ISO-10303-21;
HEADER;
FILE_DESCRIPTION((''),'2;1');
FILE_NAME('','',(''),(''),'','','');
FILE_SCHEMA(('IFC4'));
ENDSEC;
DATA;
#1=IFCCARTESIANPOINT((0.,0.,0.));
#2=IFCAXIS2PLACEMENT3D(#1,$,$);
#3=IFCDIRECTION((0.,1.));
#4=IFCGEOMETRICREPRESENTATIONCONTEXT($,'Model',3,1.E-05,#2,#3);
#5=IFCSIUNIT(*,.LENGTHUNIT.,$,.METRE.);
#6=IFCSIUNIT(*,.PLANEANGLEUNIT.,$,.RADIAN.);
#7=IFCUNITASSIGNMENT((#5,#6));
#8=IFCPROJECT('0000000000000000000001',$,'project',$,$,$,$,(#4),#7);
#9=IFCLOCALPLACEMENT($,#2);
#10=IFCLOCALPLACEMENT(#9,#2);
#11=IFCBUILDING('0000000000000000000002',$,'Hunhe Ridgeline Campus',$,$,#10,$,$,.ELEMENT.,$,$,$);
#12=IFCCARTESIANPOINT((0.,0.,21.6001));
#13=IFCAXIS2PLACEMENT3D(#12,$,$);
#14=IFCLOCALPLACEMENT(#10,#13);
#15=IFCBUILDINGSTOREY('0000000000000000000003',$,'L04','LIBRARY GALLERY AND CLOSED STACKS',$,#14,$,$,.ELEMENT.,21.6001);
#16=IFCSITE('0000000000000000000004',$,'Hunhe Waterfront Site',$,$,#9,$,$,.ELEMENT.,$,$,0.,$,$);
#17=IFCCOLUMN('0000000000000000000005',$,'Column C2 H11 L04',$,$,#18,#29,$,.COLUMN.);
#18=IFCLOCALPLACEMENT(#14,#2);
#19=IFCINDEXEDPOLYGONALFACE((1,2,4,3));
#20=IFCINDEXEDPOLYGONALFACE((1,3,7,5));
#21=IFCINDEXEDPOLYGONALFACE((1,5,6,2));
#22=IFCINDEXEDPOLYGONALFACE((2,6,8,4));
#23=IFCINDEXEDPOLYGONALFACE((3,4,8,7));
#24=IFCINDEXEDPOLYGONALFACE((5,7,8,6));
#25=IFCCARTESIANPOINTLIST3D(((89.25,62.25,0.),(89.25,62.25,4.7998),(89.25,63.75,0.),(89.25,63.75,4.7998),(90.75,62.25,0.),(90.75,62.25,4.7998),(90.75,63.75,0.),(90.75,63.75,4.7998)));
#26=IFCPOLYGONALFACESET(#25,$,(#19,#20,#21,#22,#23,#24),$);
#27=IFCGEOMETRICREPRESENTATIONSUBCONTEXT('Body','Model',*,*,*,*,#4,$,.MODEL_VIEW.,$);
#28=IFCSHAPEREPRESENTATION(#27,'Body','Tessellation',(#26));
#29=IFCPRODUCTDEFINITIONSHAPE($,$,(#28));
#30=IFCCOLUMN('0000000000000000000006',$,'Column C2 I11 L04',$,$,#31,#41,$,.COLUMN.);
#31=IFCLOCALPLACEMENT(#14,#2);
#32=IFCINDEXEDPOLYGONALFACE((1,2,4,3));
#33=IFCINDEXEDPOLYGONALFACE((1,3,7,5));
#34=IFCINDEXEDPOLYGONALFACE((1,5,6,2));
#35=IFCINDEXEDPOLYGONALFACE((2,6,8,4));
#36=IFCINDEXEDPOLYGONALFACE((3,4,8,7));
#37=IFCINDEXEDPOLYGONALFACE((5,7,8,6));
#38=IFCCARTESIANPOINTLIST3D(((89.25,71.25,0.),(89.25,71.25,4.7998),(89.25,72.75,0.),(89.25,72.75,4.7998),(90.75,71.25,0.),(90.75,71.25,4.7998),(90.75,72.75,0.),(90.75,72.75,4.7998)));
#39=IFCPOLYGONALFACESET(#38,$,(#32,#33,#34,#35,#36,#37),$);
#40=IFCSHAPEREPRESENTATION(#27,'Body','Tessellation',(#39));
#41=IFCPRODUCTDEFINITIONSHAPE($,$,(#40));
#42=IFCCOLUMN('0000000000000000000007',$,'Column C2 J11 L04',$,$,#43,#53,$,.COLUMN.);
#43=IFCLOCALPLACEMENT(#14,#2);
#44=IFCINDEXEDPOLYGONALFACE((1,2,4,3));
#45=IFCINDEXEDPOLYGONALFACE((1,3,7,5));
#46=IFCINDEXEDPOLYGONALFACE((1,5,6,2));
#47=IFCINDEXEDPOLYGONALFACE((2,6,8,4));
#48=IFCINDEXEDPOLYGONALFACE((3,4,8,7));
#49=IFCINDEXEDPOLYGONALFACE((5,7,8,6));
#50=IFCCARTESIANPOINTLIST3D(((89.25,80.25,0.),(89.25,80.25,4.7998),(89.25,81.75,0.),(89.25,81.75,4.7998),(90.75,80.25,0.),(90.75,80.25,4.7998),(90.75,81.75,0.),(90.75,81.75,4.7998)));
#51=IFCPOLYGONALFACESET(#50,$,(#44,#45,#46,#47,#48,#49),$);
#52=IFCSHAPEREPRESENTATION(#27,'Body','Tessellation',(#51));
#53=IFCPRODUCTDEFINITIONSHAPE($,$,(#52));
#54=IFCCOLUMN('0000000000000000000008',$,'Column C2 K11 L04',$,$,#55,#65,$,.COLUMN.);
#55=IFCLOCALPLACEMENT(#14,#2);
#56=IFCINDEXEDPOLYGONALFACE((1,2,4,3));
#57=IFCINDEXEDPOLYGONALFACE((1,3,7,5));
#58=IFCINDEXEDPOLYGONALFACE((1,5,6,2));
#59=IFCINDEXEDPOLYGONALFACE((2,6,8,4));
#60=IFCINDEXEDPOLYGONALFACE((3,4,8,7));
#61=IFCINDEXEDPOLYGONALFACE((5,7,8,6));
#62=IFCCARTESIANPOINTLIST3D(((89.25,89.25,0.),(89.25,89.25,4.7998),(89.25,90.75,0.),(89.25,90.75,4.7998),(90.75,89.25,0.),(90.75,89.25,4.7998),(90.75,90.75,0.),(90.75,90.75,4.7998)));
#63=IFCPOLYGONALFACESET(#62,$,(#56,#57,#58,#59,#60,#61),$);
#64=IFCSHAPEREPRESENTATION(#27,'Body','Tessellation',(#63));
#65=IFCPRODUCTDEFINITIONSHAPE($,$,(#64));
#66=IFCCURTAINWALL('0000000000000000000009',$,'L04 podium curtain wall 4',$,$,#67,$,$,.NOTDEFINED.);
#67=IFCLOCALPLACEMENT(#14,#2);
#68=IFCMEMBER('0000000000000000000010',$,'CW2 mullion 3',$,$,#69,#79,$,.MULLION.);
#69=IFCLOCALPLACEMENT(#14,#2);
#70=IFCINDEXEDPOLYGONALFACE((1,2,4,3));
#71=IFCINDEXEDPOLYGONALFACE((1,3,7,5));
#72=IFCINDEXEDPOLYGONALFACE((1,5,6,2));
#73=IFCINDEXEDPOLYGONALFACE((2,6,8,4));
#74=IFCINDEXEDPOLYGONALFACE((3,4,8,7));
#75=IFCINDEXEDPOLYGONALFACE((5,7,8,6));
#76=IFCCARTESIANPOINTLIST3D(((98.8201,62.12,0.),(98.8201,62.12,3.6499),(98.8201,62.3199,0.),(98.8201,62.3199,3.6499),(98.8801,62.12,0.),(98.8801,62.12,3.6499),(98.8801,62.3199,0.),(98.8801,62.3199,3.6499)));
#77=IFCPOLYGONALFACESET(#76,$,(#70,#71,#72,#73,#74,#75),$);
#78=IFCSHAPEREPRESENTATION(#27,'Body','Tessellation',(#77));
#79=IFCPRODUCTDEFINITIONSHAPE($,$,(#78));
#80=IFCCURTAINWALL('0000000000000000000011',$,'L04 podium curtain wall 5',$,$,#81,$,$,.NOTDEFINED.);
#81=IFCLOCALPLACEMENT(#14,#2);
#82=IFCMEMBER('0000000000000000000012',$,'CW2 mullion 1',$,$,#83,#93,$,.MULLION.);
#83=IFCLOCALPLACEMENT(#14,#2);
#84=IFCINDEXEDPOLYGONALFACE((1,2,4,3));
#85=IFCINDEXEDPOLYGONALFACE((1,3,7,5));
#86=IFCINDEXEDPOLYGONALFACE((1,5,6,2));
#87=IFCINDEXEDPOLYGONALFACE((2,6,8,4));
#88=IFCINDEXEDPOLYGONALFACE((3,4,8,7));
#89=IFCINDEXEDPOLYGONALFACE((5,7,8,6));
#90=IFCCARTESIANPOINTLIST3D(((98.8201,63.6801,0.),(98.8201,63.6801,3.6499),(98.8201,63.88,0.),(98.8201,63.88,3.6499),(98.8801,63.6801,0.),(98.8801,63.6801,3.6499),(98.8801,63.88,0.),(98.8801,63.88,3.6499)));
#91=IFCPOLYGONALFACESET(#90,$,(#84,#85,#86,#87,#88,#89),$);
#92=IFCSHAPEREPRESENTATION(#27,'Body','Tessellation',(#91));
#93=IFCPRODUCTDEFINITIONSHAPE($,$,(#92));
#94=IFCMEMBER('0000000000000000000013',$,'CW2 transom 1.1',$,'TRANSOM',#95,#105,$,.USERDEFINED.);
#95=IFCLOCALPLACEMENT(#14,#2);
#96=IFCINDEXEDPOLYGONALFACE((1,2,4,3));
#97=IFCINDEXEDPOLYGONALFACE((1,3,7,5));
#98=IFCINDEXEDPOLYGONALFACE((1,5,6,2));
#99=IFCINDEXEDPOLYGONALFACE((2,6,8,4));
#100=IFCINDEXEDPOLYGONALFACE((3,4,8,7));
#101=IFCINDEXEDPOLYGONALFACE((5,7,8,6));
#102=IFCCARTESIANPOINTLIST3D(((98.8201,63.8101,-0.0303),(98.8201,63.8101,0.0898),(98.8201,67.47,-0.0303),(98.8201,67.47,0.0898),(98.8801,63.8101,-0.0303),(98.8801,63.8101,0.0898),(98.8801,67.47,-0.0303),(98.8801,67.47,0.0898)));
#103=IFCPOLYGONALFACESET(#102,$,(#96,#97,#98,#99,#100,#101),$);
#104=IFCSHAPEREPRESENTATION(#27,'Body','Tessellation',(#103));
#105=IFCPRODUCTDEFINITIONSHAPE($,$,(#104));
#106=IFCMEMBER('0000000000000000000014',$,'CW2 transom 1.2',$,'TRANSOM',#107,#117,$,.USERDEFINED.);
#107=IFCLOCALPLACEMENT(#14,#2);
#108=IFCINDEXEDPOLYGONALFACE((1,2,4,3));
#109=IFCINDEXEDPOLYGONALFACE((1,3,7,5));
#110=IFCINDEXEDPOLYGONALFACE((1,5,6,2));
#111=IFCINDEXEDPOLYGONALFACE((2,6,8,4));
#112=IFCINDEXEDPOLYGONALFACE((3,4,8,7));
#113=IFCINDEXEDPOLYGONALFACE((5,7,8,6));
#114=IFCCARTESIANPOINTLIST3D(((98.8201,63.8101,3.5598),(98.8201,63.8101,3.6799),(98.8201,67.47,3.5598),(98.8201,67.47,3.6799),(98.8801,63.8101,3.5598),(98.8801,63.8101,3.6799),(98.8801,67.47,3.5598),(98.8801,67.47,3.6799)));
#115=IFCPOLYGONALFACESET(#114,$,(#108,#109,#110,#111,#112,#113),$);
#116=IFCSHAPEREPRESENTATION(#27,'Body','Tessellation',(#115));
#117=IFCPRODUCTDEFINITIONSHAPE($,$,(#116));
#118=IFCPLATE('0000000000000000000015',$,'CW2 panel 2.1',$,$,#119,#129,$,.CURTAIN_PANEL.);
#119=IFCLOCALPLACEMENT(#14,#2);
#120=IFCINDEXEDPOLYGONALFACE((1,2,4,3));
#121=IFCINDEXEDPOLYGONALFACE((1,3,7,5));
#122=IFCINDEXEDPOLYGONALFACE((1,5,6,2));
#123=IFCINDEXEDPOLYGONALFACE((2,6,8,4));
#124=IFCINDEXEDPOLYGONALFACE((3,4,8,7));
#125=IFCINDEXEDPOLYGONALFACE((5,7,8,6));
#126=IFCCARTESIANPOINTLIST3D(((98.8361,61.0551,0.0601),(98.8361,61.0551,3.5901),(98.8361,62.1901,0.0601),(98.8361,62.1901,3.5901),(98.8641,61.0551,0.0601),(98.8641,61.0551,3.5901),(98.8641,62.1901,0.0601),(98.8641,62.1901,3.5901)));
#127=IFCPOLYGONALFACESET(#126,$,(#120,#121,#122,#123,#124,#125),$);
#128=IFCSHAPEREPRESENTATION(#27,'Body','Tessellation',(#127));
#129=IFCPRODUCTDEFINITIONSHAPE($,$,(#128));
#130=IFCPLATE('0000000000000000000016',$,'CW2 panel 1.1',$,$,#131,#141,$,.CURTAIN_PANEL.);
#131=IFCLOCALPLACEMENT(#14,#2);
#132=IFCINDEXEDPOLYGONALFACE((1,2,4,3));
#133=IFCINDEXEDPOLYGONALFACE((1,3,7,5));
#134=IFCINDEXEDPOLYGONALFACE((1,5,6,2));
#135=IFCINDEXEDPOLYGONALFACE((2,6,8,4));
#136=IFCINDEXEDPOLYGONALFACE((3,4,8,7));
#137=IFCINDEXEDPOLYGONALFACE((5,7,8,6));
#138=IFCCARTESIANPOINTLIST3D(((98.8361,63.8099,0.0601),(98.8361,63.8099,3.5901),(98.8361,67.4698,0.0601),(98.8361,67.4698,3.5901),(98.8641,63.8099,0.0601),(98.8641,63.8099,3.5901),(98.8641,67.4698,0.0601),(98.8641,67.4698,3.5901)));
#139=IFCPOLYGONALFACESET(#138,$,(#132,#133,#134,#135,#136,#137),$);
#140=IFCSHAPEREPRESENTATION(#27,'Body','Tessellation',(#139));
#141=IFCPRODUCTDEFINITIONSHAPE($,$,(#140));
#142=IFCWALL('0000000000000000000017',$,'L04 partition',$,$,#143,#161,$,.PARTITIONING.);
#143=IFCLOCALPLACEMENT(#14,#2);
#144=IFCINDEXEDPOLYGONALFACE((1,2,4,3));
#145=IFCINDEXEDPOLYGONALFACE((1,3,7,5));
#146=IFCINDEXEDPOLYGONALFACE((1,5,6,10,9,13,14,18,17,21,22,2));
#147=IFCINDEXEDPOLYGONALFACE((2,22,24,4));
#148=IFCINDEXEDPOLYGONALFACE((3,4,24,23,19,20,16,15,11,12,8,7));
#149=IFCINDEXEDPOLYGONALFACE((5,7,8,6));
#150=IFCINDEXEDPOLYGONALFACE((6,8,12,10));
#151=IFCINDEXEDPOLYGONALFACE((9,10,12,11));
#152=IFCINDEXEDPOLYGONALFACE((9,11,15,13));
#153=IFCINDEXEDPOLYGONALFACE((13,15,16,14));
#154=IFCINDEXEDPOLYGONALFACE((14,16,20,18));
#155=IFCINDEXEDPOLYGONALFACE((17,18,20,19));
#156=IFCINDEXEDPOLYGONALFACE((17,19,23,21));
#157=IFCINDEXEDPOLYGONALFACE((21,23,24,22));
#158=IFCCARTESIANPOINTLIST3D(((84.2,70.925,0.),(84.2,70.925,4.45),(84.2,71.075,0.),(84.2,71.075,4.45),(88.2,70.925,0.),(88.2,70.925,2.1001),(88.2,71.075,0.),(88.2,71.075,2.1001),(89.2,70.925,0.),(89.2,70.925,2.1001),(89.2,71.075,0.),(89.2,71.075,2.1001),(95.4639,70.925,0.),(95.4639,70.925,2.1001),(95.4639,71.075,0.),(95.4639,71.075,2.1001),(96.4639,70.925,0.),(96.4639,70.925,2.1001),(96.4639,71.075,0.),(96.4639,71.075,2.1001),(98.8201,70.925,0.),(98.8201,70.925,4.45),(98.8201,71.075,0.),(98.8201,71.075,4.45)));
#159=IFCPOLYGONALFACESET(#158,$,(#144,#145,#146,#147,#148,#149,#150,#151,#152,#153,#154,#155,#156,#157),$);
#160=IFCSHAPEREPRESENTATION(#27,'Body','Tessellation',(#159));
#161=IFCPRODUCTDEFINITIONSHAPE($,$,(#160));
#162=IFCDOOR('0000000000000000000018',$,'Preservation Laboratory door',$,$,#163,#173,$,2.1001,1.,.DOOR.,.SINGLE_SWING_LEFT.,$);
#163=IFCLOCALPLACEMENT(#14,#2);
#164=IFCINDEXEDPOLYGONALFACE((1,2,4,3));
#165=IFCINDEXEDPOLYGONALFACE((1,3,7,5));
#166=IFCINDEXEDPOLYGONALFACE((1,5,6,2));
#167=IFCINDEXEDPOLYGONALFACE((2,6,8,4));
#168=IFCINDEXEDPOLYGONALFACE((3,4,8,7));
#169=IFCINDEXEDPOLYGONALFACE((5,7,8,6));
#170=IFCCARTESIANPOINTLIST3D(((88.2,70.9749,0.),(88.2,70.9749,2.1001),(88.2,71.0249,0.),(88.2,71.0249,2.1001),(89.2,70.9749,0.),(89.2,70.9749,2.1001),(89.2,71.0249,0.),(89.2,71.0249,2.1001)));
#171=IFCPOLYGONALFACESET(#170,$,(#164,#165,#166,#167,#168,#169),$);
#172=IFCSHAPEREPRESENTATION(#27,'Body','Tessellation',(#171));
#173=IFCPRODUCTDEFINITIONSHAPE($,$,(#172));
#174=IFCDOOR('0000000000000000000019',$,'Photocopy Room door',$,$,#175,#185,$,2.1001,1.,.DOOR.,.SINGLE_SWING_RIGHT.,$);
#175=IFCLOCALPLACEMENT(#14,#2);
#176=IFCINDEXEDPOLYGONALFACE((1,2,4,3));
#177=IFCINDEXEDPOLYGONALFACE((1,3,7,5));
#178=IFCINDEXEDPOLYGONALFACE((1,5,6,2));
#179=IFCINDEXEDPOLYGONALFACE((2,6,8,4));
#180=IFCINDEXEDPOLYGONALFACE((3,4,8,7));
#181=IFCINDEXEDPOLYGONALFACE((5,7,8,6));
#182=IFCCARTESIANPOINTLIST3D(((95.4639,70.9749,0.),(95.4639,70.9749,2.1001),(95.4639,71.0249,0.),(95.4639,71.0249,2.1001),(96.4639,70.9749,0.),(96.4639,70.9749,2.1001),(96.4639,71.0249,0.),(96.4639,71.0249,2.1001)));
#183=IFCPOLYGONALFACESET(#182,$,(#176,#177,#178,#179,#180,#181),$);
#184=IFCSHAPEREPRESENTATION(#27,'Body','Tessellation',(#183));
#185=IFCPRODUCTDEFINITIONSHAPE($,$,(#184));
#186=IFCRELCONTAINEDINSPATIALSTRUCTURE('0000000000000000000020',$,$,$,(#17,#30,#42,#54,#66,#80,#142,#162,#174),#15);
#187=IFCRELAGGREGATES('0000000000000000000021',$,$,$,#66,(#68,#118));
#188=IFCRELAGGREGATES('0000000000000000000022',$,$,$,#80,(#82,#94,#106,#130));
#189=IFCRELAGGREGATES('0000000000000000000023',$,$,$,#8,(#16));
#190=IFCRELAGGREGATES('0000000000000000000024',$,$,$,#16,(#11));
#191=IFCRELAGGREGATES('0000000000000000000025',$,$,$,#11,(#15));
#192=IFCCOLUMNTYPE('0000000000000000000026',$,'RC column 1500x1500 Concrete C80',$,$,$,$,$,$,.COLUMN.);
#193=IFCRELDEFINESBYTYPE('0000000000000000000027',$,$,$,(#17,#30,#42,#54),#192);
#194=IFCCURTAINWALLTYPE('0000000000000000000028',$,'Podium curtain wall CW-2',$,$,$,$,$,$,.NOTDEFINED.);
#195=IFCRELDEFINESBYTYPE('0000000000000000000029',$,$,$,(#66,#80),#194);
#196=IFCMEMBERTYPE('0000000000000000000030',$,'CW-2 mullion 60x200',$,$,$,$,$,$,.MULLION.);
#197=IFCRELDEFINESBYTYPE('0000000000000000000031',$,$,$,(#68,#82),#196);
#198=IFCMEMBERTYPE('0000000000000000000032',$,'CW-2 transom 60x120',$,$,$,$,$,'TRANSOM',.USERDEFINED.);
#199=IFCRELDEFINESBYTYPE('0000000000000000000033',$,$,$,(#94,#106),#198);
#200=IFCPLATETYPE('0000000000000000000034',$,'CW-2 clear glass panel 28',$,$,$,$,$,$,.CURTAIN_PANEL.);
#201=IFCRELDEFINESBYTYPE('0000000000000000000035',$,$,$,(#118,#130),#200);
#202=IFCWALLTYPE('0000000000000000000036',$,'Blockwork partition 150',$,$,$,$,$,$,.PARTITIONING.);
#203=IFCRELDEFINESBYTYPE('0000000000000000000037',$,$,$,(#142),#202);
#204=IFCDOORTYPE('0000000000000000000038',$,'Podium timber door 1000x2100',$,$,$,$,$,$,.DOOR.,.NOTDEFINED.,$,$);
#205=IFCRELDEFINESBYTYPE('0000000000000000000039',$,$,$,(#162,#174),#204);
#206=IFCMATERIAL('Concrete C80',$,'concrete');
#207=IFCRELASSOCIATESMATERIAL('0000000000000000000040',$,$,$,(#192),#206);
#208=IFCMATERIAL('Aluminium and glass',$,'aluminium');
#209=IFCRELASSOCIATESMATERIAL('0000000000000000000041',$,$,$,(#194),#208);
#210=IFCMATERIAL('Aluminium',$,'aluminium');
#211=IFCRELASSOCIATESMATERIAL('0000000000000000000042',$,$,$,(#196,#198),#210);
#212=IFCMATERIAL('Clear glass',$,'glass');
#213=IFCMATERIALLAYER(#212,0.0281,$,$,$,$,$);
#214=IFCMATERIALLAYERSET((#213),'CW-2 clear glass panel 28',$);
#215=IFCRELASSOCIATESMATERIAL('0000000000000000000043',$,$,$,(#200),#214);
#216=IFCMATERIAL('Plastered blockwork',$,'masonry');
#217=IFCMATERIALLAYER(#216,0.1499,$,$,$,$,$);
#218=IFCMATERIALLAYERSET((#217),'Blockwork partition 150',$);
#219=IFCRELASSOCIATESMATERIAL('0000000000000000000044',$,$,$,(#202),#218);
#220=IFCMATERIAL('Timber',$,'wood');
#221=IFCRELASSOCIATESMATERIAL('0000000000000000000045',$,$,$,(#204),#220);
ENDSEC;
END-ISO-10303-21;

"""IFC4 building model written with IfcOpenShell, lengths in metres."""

from ifc_helpers import new_model, si_unit, direction, frame, frame_2d, origin, origin_2d, place, context, subcontext, project, spatial, rectangle, extrude, material, layer, layer_set, material_profile, profile_set, type_object, element, fill, aggregate, save


model = new_model("IFC4")

# Units and contexts
model_context = context("Model", 3, precision=1e-05, world=origin(), true_north=direction((0.0, 1.0)))
body_context = subcontext(model_context, "Body", "Model", "MODEL_VIEW")
ifc_project = project(units=[si_unit("LENGTHUNIT", "METRE"), si_unit("PLANEANGLEUNIT", "RADIAN")], contexts=[model_context])

# Site, building, storey
site_placement = place(None, origin())
site = spatial("IfcSite", under=ifc_project, at=site_placement, Name="Hunhe Waterfront Site", CompositionType="ELEMENT", RefElevation=0.0)
building_placement = place(site_placement, origin())
building = spatial("IfcBuilding", under=site, at=building_placement, Name="Hunhe Ridgeline Campus", CompositionType="ELEMENT")
storey_placement = place(building_placement, frame((0.0, 0.0, 21.6001)))
storey = spatial("IfcBuildingStorey", under=building, at=storey_placement, Name="L04", Description="LIBRARY GALLERY AND CLOSED STACKS", CompositionType="ELEMENT", Elevation=21.6001)

# Columns
ifc_material_1 = material(Name="Concrete C80", Category="concrete")
ifc_material_profile_1 = material_profile(ifc_material_1, rectangle(XDim=1.5, YDim=1.5, at=origin_2d()))
ifc_profile_set_1 = profile_set([ifc_material_profile_1], Name="Concrete C80")
column_type = type_object("IfcColumnType", Name="RC column 1500x1500 Concrete C80", PredefinedType="COLUMN", material=ifc_profile_set_1)
for number, where, z_axis, x_axis, name in (
    (1, (90.0, 63.0, 0.0), (0.0, 0.0, 1.0), (1.0, 0.0, 0.0), "Column C2 H11 L04"),
    (2, (90.0, 72.0, 0.0), (0.0, 0.0, 1.0), (1.0, 0.0, 0.0), "Column C2 I11 L04"),
    (3, (90.0, 81.0, 0.0), (0.0, 0.0, 1.0), (1.0, 0.0, 0.0), "Column C2 J11 L04"),
    (4, (90.0, 90.0, 0.0), (0.0, 0.0, 1.0), (1.0, 0.0, 0.0), "Column C2 K11 L04"),
):
    element("IfcColumn", number, at=place(storey_placement, frame(where, z_axis=z_axis, x_axis=x_axis)), inside=storey, type_object=column_type, Name=name, PredefinedType="COLUMN", context=body_context, shape_type="SweptSolid", body=[
        extrude(rectangle(XDim=1.5, YDim=1.5, at=origin_2d()), origin(), (0.0, 0.0, 1.0), 4.7998),
    ])

# Curtain wall, member
ifc_material_2 = material(Name="Aluminium and glass", Category="aluminium")
curtain_wall_type = type_object("IfcCurtainWallType", Name="Podium curtain wall CW-2", PredefinedType="NOTDEFINED", material=ifc_material_2)
curtain_wall_1_placement = place(storey_placement, origin())
curtain_wall_1 = element("IfcCurtainWall", 5, at=curtain_wall_1_placement, inside=storey, type_object=curtain_wall_type, Name="L04 podium curtain wall 4", PredefinedType="NOTDEFINED")
ifc_material_3 = material(Name="Aluminium", Category="aluminium")
ifc_material_profile_2 = material_profile(ifc_material_3, rectangle(XDim=0.0601, YDim=0.2, at=origin_2d()))
ifc_profile_set_2 = profile_set([ifc_material_profile_2], Name="Aluminium")
member_type_1 = type_object("IfcMemberType", Name="CW-2 mullion 60x200", PredefinedType="MULLION", material=ifc_profile_set_2)
member_1_placement = place(storey_placement, frame((98.8501, 62.22, 0.0), z_axis=(0.0, 0.0, 1.0), x_axis=(-1.0, 0.0, 0.0)))
member_1 = element("IfcMember", 6, at=member_1_placement, type_object=member_type_1, Name="CW2 mullion 3", PredefinedType="MULLION", context=body_context, shape_type="SweptSolid", body=[
    extrude(rectangle(XDim=0.0601, YDim=0.2, at=origin_2d()), origin(), (0.0, 0.0, 1.0), 3.6499),
])

# Curtain wall, members
curtain_wall_2_placement = place(storey_placement, origin())
curtain_wall_2 = element("IfcCurtainWall", 7, at=curtain_wall_2_placement, inside=storey, type_object=curtain_wall_type, Name="L04 podium curtain wall 5", PredefinedType="NOTDEFINED")
member_2_placement = place(storey_placement, frame((98.8501, 63.78, 0.0), z_axis=(0.0, 0.0, 1.0), x_axis=(-1.0, 0.0, 0.0)))
member_2 = element("IfcMember", 8, at=member_2_placement, type_object=member_type_1, Name="CW2 mullion 1", PredefinedType="MULLION", context=body_context, shape_type="SweptSolid", body=[
    extrude(rectangle(XDim=0.0601, YDim=0.2, at=origin_2d()), origin(), (0.0, 0.0, 1.0), 3.6499),
])
ifc_material_profile_3 = material_profile(ifc_material_3, rectangle(XDim=0.0601, YDim=0.1201, at=origin_2d()))
ifc_profile_set_3 = profile_set([ifc_material_profile_3], Name="Aluminium")
member_type_2 = type_object("IfcMemberType", Name="CW-2 transom 60x120", ElementType="TRANSOM", PredefinedType="USERDEFINED", material=ifc_profile_set_3)
member_3_placement = place(storey_placement, frame((98.8501, 63.8101, 0.0298), z_axis=(0.0, 1.0, 0.0), x_axis=(-1.0, 0.0, 0.0)))
member_3 = element("IfcMember", 9, at=member_3_placement, type_object=member_type_2, Name="CW2 transom 1.1", ObjectType="TRANSOM", PredefinedType="USERDEFINED", context=body_context, shape_type="SweptSolid", body=[
    extrude(rectangle(XDim=0.0601, YDim=0.1201, at=origin_2d()), origin(), (0.0, 0.0, 1.0), 3.6599),
])
member_4_placement = place(storey_placement, frame((98.8501, 63.8101, 3.6199), z_axis=(0.0, 1.0, 0.0), x_axis=(-1.0, 0.0, 0.0)))
member_4 = element("IfcMember", 10, at=member_4_placement, type_object=member_type_2, Name="CW2 transom 1.2", ObjectType="TRANSOM", PredefinedType="USERDEFINED", context=body_context, shape_type="SweptSolid", body=[
    extrude(rectangle(XDim=0.0601, YDim=0.1201, at=origin_2d()), origin(), (0.0, 0.0, 1.0), 3.6599),
])

# Plates
ifc_material_4 = material(Name="Clear glass", Category="glass")
ifc_layer_1 = layer(ifc_material_4, 0.0281)
ifc_layer_set_1 = layer_set([ifc_layer_1], Name="CW-2 clear glass panel 28")
plate_type = type_object("IfcPlateType", Name="CW-2 clear glass panel 28", PredefinedType="CURTAIN_PANEL", material=ifc_layer_set_1)
plate_1_placement = place(storey_placement, frame((98.8501, 61.6226, 0.0601), z_axis=(0.0, 0.0, 1.0), x_axis=(0.0, 1.0, 0.0)))
plate_1 = element("IfcPlate", 11, at=plate_1_placement, type_object=plate_type, Name="CW2 panel 2.1", PredefinedType="CURTAIN_PANEL", context=body_context, shape_type="SweptSolid", body=[
    extrude(rectangle(XDim=1.135, YDim=0.0281, at=origin_2d()), origin(), (0.0, 0.0, 1.0), 3.53),
])
aggregate(curtain_wall_1, [member_1, plate_1])
plate_2_placement = place(storey_placement, frame((98.8501, 65.6399, 0.0601), z_axis=(0.0, 0.0, 1.0), x_axis=(0.0, 1.0, 0.0)))
plate_2 = element("IfcPlate", 12, at=plate_2_placement, type_object=plate_type, Name="CW2 panel 1.1", PredefinedType="CURTAIN_PANEL", context=body_context, shape_type="SweptSolid", body=[
    extrude(rectangle(XDim=3.6599, YDim=0.0281, at=origin_2d()), origin(), (0.0, 0.0, 1.0), 3.53),
])
aggregate(curtain_wall_2, [member_2, member_3, member_4, plate_2])

# Wall, openings, doors
ifc_material_5 = material(Name="Plastered blockwork", Category="masonry")
ifc_layer_2 = layer(ifc_material_5, 0.1499)
ifc_layer_set_2 = layer_set([ifc_layer_2], Name="Blockwork partition 150")
wall_type_1 = type_object("IfcWallType", Name="Blockwork partition 150", PredefinedType="PARTITIONING", material=ifc_layer_set_2)
wall_1_placement = place(storey_placement, frame((84.2, 71.0, 0.0), z_axis=(0.0, 0.0, 1.0), x_axis=(1.0, 0.0, 0.0)))
wall_1 = element("IfcWall", 13, at=wall_1_placement, inside=storey, type_object=wall_type_1, Name="L04 partition", PredefinedType="PARTITIONING", context=body_context, shape_type="SweptSolid", body=[
    extrude(rectangle(XDim=14.6201, YDim=0.1499, at=frame_2d((7.3101, 0.0))), origin(), (0.0, 0.0, 1.0), 4.45),
])
opening_1_placement = place(wall_1_placement, frame((4.0, 0.0, 0.0)))
opening_1 = element("IfcOpeningElement", 14, at=opening_1_placement, cuts=wall_1, PredefinedType="OPENING", context=body_context, shape_type="SweptSolid", body=[
    extrude(rectangle(XDim=1.0, YDim=2.1001, at=frame_2d((0.5, 1.05))), frame((0.0, 0.075, 0.0), z_axis=(0.0, -1.0, 0.0), x_axis=(1.0, 0.0, 0.0)), (0.0, 0.0, 1.0), 0.1499),
])
opening_2_placement = place(wall_1_placement, frame((11.2639, 0.0, 0.0)))
opening_2 = element("IfcOpeningElement", 15, at=opening_2_placement, cuts=wall_1, PredefinedType="OPENING", context=body_context, shape_type="SweptSolid", body=[
    extrude(rectangle(XDim=1.0, YDim=2.1001, at=frame_2d((0.5, 1.05))), frame((0.0, 0.075, 0.0), z_axis=(0.0, -1.0, 0.0), x_axis=(1.0, 0.0, 0.0)), (0.0, 0.0, 1.0), 0.1499),
])
ifc_material_6 = material(Name="Timber", Category="wood")
door_type_1 = type_object("IfcDoorType", Name="Podium timber door 1000x2100", OperationType="NOTDEFINED", PredefinedType="DOOR", material=ifc_material_6)
door_1_placement = place(opening_1_placement, origin())
door_1 = element("IfcDoor", 16, at=door_1_placement, inside=storey, type_object=door_type_1, Name="Preservation Laboratory door", OperationType="SINGLE_SWING_LEFT", OverallHeight=2.1001, OverallWidth=1.0, PredefinedType="DOOR", context=body_context, shape_type="SweptSolid", body=[
    extrude(rectangle(XDim=1.0, YDim=2.1001, at=frame_2d((0.5, 1.05))), frame((0.0, 0.0249, 0.0), z_axis=(0.0, -1.0, 0.0), x_axis=(1.0, 0.0, 0.0)), (0.0, 0.0, 1.0), 0.05),
])
fill(opening_1, door_1)
door_2_placement = place(opening_2_placement, origin())
door_2 = element("IfcDoor", 17, at=door_2_placement, inside=storey, type_object=door_type_1, Name="Photocopy Room door", OperationType="SINGLE_SWING_RIGHT", OverallHeight=2.1001, OverallWidth=1.0, PredefinedType="DOOR", context=body_context, shape_type="SweptSolid", body=[
    extrude(rectangle(XDim=1.0, YDim=2.1001, at=frame_2d((0.5, 1.05))), frame((0.0, 0.0249, 0.0), z_axis=(0.0, -1.0, 0.0), x_axis=(1.0, 0.0, 0.0)), (0.0, 0.0, 1.0), 0.05),
])
fill(opening_2, door_2)

save(model, "model.ifc")
